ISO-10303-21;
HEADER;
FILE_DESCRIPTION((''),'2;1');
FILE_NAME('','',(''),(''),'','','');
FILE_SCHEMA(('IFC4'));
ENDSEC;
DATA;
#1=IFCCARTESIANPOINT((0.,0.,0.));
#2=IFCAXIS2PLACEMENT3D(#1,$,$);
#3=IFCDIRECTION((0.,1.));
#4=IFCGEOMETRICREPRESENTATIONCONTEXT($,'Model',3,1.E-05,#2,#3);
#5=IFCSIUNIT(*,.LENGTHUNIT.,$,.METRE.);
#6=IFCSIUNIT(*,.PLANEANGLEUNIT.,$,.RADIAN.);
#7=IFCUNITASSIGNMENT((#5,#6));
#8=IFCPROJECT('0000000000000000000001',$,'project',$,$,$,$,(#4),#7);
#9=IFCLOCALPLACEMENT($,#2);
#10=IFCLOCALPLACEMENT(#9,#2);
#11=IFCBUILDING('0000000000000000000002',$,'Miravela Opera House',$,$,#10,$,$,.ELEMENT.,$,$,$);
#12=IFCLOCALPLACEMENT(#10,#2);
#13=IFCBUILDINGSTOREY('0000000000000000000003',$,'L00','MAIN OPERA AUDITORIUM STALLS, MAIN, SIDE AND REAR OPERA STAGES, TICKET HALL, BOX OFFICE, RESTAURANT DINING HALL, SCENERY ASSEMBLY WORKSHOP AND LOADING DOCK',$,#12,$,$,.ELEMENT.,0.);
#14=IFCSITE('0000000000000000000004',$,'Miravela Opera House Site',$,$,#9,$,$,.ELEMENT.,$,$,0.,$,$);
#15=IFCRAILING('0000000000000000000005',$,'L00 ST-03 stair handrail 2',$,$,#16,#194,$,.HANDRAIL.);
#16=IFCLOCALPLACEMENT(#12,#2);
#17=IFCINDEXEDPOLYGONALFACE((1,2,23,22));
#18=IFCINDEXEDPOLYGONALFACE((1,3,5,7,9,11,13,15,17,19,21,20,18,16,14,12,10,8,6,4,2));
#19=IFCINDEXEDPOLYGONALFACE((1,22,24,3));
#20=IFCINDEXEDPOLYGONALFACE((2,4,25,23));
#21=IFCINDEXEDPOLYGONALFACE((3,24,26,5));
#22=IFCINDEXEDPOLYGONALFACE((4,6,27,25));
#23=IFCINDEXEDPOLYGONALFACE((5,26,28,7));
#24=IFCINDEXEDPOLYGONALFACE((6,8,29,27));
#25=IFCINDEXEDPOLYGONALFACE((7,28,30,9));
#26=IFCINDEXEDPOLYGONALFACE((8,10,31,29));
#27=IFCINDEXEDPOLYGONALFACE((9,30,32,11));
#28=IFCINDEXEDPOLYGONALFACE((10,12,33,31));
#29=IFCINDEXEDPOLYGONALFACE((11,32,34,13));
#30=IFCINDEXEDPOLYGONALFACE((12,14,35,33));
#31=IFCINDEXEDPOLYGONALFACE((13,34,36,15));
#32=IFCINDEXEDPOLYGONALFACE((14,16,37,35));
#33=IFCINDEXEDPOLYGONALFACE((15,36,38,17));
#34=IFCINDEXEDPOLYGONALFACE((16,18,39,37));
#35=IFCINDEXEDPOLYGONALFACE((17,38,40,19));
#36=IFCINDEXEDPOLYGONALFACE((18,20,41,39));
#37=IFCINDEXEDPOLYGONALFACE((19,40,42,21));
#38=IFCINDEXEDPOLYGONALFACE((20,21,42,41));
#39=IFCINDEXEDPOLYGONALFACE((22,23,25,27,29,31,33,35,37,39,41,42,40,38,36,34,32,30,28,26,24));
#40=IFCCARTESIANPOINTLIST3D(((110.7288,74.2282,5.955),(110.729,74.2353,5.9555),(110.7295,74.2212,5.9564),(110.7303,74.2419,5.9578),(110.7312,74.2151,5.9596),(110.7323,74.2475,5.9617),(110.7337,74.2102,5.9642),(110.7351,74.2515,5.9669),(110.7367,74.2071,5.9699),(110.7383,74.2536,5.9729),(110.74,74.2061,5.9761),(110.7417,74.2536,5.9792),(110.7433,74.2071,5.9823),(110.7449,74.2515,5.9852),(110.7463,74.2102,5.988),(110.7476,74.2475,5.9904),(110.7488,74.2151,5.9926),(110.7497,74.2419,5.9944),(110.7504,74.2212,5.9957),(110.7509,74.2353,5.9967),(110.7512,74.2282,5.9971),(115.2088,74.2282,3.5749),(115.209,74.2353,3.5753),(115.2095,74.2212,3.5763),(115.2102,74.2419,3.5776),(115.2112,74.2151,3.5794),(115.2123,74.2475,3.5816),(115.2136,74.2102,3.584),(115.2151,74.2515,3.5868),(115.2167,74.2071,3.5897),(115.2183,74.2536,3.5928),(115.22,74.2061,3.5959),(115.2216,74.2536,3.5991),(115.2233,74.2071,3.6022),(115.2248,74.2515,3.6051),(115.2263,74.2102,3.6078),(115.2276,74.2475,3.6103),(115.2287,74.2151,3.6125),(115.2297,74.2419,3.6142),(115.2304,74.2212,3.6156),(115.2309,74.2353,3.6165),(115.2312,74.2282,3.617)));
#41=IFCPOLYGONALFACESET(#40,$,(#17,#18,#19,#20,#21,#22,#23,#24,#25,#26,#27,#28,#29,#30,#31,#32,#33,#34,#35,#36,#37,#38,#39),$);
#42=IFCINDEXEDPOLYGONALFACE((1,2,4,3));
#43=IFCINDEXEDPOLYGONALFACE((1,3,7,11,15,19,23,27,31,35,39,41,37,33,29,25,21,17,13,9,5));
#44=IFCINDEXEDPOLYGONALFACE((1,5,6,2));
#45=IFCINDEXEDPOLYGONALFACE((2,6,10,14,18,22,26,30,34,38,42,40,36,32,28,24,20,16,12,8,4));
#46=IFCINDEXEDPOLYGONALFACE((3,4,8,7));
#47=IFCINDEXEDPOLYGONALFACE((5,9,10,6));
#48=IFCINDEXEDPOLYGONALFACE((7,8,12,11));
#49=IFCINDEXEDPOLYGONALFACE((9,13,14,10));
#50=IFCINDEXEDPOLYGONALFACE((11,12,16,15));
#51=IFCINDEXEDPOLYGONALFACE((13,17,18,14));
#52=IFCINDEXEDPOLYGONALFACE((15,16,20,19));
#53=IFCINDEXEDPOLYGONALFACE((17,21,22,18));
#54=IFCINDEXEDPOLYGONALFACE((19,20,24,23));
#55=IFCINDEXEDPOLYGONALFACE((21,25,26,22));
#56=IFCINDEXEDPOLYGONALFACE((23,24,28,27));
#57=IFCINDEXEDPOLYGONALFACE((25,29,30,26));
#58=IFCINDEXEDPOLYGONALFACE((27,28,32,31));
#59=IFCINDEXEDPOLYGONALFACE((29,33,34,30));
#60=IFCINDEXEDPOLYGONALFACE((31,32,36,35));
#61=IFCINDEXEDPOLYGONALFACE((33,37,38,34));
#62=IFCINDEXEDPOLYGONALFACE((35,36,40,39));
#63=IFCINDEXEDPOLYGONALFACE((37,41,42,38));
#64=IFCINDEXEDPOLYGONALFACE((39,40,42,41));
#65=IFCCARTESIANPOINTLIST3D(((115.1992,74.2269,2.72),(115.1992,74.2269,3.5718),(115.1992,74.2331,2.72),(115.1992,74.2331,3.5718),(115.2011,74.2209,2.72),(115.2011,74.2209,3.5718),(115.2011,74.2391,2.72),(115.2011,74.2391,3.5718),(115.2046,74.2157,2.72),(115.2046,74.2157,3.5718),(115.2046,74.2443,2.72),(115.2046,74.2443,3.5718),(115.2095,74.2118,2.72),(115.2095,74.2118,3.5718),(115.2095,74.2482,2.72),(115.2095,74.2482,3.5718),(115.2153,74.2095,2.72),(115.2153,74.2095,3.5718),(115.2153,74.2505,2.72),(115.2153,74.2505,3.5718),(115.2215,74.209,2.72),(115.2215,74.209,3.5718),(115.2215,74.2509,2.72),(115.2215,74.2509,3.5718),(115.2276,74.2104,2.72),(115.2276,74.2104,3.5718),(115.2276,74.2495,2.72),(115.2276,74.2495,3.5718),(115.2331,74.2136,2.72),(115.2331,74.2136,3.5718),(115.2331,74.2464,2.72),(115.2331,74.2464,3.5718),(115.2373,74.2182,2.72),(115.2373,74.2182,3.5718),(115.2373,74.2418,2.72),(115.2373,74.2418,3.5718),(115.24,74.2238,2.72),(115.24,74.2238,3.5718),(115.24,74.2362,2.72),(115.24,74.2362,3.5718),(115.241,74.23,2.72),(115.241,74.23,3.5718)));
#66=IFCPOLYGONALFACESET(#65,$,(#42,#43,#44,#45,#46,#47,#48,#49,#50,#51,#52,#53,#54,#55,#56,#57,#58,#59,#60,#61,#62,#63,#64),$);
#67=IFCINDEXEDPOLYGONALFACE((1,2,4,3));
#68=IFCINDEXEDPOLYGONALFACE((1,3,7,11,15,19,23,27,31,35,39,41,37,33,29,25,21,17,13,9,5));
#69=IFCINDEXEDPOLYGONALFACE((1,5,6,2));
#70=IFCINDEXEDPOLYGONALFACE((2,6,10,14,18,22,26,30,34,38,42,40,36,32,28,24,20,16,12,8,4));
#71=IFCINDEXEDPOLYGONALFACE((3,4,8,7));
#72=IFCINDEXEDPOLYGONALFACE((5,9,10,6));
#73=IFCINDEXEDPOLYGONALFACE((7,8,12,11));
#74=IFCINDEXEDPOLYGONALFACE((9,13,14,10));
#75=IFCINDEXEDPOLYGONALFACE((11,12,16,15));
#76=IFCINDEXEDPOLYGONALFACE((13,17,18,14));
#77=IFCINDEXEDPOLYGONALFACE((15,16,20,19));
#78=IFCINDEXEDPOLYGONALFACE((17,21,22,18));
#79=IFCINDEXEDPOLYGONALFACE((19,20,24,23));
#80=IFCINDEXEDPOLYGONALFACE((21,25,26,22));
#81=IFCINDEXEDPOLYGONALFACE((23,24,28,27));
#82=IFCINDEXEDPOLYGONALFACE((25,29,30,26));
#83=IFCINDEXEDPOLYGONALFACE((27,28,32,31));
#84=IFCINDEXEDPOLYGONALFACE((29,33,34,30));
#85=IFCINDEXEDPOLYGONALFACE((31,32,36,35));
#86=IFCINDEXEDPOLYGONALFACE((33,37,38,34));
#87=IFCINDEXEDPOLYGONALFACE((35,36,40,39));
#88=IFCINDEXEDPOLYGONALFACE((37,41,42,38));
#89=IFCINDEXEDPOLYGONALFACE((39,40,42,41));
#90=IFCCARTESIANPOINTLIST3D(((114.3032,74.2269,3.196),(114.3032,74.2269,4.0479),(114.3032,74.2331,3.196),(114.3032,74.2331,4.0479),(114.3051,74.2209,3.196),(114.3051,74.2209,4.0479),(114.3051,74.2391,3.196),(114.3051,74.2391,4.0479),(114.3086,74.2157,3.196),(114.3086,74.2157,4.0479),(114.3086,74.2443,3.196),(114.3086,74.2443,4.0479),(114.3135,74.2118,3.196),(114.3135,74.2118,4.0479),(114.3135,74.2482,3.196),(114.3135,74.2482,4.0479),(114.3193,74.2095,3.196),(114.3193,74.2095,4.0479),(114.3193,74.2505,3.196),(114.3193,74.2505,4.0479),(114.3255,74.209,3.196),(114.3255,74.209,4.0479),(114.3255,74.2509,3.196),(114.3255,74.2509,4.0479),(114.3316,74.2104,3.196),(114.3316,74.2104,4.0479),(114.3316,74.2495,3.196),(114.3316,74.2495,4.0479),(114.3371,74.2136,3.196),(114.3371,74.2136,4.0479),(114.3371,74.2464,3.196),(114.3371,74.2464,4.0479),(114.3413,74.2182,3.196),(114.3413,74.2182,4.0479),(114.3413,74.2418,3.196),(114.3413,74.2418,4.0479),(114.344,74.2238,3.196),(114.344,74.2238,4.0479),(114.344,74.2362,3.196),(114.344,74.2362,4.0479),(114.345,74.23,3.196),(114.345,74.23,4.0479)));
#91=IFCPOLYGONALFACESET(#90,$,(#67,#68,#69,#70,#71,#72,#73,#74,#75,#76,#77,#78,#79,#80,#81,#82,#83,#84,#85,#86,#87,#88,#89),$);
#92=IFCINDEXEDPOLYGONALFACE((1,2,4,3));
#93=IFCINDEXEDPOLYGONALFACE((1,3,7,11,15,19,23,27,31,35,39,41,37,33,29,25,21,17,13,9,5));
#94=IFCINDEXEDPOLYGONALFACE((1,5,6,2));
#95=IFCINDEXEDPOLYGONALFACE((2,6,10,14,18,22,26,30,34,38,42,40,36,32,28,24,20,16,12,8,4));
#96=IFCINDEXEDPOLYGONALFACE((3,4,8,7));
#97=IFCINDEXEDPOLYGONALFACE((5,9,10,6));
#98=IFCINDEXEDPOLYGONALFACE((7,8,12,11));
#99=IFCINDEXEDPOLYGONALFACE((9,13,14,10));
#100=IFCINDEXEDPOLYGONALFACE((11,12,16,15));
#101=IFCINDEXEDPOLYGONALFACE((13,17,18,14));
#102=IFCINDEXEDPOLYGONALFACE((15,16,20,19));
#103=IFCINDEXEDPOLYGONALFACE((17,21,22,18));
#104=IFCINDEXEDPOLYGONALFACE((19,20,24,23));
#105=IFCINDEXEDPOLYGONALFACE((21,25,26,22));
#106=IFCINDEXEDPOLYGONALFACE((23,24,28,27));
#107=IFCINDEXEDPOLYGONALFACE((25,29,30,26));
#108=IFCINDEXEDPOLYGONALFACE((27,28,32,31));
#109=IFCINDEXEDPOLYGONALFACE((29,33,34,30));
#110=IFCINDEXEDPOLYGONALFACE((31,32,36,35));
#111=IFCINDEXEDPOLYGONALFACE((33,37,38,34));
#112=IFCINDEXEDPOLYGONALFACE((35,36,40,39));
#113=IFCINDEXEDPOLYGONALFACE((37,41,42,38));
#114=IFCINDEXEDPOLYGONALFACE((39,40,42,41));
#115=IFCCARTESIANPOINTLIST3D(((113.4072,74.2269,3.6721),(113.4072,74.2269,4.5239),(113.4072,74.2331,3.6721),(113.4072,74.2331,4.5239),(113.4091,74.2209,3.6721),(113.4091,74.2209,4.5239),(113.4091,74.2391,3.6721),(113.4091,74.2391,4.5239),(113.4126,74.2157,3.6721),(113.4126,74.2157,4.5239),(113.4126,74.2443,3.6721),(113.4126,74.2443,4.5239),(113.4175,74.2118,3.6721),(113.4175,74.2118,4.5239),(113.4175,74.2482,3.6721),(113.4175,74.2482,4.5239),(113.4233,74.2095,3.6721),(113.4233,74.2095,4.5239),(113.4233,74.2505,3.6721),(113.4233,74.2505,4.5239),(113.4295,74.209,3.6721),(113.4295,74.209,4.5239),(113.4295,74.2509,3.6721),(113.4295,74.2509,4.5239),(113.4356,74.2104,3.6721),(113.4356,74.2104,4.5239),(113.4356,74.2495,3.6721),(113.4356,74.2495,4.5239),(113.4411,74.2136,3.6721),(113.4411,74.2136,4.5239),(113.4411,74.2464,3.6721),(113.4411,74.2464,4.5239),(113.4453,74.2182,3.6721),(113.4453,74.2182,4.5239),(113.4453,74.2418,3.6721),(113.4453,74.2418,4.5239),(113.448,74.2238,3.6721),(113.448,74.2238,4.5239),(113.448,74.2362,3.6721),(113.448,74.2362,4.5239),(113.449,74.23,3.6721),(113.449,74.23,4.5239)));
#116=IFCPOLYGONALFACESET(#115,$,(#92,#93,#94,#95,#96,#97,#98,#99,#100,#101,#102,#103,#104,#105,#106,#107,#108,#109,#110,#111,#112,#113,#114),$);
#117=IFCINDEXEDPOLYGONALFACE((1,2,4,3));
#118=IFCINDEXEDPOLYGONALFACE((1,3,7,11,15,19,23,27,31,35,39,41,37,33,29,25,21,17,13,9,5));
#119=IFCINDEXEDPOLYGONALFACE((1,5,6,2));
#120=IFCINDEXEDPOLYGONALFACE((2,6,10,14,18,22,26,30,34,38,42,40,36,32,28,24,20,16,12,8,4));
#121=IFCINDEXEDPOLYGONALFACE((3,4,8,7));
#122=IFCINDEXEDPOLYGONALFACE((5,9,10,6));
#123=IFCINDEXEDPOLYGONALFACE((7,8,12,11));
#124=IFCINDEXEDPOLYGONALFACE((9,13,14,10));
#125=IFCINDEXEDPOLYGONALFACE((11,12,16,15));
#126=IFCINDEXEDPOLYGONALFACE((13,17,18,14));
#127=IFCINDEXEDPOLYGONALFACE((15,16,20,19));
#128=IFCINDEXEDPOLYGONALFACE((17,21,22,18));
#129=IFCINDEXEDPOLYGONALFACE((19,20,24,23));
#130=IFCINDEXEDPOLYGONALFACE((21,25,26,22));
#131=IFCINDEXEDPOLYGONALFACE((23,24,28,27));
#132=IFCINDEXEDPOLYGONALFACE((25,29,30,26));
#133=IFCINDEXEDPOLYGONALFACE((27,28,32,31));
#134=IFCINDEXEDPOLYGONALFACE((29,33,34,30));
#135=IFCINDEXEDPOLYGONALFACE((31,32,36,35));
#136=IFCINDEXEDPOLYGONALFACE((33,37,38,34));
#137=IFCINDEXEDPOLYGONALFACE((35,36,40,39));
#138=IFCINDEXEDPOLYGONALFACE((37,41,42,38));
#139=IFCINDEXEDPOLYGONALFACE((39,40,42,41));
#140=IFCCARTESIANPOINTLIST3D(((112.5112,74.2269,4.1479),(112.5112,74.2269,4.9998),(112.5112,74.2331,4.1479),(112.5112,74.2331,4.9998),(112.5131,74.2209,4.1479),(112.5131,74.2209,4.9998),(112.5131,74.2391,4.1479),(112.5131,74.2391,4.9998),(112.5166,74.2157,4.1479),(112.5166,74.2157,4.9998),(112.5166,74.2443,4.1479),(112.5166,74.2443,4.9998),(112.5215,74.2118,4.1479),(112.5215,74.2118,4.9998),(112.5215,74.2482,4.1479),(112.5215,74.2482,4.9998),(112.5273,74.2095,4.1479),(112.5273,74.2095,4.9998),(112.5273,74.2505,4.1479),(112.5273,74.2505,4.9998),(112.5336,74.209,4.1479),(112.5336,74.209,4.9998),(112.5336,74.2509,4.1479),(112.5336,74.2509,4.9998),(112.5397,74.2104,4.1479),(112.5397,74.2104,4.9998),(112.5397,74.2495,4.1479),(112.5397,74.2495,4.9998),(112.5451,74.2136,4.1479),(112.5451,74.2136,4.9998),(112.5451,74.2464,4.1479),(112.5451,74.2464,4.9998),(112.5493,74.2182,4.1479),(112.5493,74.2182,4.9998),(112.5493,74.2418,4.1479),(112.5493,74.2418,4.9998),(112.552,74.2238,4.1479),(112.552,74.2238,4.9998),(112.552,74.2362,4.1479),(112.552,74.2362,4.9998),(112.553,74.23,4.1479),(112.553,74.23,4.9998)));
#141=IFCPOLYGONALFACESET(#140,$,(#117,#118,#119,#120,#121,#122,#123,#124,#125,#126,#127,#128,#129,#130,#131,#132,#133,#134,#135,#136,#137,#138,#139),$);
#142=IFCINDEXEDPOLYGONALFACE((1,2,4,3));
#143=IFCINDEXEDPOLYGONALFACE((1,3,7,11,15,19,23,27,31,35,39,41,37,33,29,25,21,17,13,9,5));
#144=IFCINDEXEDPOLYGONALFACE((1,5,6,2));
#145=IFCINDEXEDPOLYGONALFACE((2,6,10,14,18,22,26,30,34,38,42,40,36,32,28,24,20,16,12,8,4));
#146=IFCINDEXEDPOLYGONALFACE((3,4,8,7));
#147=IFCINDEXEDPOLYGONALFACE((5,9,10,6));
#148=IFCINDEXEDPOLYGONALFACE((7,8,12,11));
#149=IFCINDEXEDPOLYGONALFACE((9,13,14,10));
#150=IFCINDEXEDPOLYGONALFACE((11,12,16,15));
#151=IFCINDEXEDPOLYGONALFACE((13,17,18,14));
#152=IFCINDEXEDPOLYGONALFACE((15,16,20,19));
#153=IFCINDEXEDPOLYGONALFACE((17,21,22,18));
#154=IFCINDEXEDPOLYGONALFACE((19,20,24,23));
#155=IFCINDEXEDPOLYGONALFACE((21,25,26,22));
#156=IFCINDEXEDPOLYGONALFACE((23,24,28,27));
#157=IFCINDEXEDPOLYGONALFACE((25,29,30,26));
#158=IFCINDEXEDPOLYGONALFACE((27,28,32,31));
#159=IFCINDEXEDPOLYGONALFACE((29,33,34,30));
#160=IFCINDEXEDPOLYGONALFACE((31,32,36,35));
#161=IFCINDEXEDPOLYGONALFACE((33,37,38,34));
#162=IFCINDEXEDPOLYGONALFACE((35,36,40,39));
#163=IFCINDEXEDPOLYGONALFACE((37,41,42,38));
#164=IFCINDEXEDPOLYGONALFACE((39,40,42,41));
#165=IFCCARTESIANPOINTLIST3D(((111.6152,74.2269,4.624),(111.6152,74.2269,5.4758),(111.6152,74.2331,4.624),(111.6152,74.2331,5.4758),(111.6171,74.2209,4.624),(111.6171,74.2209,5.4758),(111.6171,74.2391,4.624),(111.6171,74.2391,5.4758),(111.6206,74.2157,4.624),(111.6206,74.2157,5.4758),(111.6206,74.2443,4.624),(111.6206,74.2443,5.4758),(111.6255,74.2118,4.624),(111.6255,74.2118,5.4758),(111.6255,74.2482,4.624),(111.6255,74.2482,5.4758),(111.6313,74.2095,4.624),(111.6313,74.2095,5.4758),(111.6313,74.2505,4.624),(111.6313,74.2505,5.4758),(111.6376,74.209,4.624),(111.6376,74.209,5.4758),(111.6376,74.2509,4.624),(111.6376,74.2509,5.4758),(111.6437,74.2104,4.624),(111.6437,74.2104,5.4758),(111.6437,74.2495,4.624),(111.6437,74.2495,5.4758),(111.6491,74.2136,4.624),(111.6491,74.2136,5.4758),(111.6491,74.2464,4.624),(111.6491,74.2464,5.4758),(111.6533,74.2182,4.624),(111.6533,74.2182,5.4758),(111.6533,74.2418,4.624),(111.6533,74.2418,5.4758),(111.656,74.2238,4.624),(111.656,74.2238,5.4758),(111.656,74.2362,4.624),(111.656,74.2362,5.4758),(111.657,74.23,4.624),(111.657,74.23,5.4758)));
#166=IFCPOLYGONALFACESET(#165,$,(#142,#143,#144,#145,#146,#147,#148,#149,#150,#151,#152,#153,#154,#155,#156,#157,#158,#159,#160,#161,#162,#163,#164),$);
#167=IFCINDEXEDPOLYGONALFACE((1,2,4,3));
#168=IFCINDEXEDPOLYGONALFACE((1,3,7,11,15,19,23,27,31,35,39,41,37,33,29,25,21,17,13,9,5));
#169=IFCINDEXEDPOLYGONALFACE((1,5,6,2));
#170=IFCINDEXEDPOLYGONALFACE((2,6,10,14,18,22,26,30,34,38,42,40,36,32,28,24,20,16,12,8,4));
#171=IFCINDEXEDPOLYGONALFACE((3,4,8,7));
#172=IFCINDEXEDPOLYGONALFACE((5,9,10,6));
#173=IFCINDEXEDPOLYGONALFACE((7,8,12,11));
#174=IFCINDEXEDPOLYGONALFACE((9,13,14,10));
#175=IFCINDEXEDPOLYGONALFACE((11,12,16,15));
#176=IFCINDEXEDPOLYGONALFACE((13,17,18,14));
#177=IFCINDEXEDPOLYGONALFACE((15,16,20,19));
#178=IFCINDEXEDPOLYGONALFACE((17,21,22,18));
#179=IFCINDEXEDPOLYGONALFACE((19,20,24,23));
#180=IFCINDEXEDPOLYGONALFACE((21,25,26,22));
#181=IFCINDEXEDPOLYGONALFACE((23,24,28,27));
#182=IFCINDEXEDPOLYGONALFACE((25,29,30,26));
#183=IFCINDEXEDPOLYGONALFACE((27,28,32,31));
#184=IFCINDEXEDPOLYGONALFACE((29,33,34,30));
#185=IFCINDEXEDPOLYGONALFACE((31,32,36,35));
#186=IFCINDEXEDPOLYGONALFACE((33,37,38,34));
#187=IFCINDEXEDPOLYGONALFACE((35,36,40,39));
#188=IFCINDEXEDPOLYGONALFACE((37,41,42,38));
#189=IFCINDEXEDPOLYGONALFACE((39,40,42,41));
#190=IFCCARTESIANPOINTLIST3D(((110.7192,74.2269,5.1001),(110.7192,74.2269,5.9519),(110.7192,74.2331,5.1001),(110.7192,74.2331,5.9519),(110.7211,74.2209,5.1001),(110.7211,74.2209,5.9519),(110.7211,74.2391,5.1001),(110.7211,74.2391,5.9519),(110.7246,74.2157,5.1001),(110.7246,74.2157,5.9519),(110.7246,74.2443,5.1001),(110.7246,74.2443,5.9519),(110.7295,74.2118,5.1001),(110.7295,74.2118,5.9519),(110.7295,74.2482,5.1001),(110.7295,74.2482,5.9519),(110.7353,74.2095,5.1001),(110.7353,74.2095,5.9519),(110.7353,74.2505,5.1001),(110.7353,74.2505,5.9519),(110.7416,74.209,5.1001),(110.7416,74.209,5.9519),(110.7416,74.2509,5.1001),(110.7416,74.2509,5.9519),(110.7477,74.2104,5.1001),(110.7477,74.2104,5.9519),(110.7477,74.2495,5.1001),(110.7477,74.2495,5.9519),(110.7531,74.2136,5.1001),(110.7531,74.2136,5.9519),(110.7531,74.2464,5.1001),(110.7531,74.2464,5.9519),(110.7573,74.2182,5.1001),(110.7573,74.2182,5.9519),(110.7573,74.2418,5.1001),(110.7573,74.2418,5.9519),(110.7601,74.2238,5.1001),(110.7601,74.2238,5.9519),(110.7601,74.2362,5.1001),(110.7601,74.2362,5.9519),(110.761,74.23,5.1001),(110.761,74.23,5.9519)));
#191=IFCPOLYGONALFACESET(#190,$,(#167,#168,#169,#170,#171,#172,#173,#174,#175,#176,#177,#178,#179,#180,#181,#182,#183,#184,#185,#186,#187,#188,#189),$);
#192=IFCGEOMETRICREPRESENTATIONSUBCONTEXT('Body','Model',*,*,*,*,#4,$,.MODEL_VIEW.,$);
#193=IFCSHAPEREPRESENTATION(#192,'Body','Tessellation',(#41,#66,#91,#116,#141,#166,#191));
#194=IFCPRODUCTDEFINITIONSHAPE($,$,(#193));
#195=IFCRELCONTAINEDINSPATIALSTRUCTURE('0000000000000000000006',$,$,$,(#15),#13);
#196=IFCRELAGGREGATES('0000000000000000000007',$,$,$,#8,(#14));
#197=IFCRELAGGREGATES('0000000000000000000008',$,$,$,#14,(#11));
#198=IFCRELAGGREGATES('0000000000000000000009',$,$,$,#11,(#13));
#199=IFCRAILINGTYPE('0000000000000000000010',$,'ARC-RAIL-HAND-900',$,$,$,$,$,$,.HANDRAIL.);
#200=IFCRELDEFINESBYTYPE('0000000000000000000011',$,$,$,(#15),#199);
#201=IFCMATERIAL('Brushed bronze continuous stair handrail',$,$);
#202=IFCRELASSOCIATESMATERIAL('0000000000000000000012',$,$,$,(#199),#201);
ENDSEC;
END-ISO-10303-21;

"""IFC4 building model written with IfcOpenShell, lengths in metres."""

from ifc_helpers import new_model, si_unit, direction, frame, origin, origin_2d, place, context, subcontext, project, spatial, circle, extrude, material, type_object, element, save


model = new_model("IFC4")

# Units and contexts
model_context = context("Model", 3, precision=1e-05, world=origin(), true_north=direction((0.0, 1.0)))
body_context = subcontext(model_context, "Body", "Model", "MODEL_VIEW")
ifc_project = project(units=[si_unit("LENGTHUNIT", "METRE"), si_unit("PLANEANGLEUNIT", "RADIAN")], contexts=[model_context])

# Site, building, storey
site_placement = place(None, origin())
site = spatial("IfcSite", under=ifc_project, at=site_placement, Name="Miravela Opera House Site", CompositionType="ELEMENT", RefElevation=0.0)
building_placement = place(site_placement, origin())
building = spatial("IfcBuilding", under=site, at=building_placement, Name="Miravela Opera House", CompositionType="ELEMENT")
storey_placement = place(building_placement, origin())
storey = spatial("IfcBuildingStorey", under=building, at=storey_placement, Name="L00", Description="MAIN OPERA AUDITORIUM STALLS, MAIN, SIDE AND REAR OPERA STAGES, TICKET HALL, BOX OFFICE, RESTAURANT DINING HALL, SCENERY ASSEMBLY WORKSHOP AND LOADING DOCK", CompositionType="ELEMENT", Elevation=0.0)

# Railing
ifc_material_1 = material(Name="Brushed bronze continuous stair handrail")
railing_type = type_object("IfcRailingType", Name="ARC-RAIL-HAND-900", PredefinedType="HANDRAIL", material=ifc_material_1)
railing_placement = place(storey_placement, frame((115.22, 74.23, 2.72)))
element("IfcRailing", 1, at=railing_placement, inside=storey, type_object=railing_type, Name="L00 ST-03 stair handrail 2", PredefinedType="HANDRAIL", context=body_context, shape_type="SweptSolid", body=[
    extrude(circle(Radius=0.0239, at=origin_2d()), frame((0.0, 0.0, 0.876), z_axis=(-0.883105, 0.0, 0.469176), x_axis=(0.0, -1.0, 0.0)), (0.0, 0.0, 1.0), 5.073),
    extrude(circle(Radius=0.021, at=origin_2d()), origin(), (0.0, 0.0, 1.0), 0.8518),
    extrude(circle(Radius=0.021, at=origin_2d()), frame((-0.896, 0.0, 0.4761)), (0.0, 0.0, 1.0), 0.8518),
    extrude(circle(Radius=0.021, at=origin_2d()), frame((-1.792, 0.0, 0.9521)), (0.0, 0.0, 1.0), 0.8518),
    extrude(circle(Radius=0.021, at=origin_2d()), frame((-2.688, 0.0, 1.428)), (0.0, 0.0, 1.0), 0.8518),
    extrude(circle(Radius=0.021, at=origin_2d()), frame((-3.584, 0.0, 1.9041)), (0.0, 0.0, 1.0), 0.8518),
    extrude(circle(Radius=0.021, at=origin_2d()), frame((-4.48, 0.0, 2.3801)), (0.0, 0.0, 1.0), 0.8518),
])

save(model, "model.ifc")
